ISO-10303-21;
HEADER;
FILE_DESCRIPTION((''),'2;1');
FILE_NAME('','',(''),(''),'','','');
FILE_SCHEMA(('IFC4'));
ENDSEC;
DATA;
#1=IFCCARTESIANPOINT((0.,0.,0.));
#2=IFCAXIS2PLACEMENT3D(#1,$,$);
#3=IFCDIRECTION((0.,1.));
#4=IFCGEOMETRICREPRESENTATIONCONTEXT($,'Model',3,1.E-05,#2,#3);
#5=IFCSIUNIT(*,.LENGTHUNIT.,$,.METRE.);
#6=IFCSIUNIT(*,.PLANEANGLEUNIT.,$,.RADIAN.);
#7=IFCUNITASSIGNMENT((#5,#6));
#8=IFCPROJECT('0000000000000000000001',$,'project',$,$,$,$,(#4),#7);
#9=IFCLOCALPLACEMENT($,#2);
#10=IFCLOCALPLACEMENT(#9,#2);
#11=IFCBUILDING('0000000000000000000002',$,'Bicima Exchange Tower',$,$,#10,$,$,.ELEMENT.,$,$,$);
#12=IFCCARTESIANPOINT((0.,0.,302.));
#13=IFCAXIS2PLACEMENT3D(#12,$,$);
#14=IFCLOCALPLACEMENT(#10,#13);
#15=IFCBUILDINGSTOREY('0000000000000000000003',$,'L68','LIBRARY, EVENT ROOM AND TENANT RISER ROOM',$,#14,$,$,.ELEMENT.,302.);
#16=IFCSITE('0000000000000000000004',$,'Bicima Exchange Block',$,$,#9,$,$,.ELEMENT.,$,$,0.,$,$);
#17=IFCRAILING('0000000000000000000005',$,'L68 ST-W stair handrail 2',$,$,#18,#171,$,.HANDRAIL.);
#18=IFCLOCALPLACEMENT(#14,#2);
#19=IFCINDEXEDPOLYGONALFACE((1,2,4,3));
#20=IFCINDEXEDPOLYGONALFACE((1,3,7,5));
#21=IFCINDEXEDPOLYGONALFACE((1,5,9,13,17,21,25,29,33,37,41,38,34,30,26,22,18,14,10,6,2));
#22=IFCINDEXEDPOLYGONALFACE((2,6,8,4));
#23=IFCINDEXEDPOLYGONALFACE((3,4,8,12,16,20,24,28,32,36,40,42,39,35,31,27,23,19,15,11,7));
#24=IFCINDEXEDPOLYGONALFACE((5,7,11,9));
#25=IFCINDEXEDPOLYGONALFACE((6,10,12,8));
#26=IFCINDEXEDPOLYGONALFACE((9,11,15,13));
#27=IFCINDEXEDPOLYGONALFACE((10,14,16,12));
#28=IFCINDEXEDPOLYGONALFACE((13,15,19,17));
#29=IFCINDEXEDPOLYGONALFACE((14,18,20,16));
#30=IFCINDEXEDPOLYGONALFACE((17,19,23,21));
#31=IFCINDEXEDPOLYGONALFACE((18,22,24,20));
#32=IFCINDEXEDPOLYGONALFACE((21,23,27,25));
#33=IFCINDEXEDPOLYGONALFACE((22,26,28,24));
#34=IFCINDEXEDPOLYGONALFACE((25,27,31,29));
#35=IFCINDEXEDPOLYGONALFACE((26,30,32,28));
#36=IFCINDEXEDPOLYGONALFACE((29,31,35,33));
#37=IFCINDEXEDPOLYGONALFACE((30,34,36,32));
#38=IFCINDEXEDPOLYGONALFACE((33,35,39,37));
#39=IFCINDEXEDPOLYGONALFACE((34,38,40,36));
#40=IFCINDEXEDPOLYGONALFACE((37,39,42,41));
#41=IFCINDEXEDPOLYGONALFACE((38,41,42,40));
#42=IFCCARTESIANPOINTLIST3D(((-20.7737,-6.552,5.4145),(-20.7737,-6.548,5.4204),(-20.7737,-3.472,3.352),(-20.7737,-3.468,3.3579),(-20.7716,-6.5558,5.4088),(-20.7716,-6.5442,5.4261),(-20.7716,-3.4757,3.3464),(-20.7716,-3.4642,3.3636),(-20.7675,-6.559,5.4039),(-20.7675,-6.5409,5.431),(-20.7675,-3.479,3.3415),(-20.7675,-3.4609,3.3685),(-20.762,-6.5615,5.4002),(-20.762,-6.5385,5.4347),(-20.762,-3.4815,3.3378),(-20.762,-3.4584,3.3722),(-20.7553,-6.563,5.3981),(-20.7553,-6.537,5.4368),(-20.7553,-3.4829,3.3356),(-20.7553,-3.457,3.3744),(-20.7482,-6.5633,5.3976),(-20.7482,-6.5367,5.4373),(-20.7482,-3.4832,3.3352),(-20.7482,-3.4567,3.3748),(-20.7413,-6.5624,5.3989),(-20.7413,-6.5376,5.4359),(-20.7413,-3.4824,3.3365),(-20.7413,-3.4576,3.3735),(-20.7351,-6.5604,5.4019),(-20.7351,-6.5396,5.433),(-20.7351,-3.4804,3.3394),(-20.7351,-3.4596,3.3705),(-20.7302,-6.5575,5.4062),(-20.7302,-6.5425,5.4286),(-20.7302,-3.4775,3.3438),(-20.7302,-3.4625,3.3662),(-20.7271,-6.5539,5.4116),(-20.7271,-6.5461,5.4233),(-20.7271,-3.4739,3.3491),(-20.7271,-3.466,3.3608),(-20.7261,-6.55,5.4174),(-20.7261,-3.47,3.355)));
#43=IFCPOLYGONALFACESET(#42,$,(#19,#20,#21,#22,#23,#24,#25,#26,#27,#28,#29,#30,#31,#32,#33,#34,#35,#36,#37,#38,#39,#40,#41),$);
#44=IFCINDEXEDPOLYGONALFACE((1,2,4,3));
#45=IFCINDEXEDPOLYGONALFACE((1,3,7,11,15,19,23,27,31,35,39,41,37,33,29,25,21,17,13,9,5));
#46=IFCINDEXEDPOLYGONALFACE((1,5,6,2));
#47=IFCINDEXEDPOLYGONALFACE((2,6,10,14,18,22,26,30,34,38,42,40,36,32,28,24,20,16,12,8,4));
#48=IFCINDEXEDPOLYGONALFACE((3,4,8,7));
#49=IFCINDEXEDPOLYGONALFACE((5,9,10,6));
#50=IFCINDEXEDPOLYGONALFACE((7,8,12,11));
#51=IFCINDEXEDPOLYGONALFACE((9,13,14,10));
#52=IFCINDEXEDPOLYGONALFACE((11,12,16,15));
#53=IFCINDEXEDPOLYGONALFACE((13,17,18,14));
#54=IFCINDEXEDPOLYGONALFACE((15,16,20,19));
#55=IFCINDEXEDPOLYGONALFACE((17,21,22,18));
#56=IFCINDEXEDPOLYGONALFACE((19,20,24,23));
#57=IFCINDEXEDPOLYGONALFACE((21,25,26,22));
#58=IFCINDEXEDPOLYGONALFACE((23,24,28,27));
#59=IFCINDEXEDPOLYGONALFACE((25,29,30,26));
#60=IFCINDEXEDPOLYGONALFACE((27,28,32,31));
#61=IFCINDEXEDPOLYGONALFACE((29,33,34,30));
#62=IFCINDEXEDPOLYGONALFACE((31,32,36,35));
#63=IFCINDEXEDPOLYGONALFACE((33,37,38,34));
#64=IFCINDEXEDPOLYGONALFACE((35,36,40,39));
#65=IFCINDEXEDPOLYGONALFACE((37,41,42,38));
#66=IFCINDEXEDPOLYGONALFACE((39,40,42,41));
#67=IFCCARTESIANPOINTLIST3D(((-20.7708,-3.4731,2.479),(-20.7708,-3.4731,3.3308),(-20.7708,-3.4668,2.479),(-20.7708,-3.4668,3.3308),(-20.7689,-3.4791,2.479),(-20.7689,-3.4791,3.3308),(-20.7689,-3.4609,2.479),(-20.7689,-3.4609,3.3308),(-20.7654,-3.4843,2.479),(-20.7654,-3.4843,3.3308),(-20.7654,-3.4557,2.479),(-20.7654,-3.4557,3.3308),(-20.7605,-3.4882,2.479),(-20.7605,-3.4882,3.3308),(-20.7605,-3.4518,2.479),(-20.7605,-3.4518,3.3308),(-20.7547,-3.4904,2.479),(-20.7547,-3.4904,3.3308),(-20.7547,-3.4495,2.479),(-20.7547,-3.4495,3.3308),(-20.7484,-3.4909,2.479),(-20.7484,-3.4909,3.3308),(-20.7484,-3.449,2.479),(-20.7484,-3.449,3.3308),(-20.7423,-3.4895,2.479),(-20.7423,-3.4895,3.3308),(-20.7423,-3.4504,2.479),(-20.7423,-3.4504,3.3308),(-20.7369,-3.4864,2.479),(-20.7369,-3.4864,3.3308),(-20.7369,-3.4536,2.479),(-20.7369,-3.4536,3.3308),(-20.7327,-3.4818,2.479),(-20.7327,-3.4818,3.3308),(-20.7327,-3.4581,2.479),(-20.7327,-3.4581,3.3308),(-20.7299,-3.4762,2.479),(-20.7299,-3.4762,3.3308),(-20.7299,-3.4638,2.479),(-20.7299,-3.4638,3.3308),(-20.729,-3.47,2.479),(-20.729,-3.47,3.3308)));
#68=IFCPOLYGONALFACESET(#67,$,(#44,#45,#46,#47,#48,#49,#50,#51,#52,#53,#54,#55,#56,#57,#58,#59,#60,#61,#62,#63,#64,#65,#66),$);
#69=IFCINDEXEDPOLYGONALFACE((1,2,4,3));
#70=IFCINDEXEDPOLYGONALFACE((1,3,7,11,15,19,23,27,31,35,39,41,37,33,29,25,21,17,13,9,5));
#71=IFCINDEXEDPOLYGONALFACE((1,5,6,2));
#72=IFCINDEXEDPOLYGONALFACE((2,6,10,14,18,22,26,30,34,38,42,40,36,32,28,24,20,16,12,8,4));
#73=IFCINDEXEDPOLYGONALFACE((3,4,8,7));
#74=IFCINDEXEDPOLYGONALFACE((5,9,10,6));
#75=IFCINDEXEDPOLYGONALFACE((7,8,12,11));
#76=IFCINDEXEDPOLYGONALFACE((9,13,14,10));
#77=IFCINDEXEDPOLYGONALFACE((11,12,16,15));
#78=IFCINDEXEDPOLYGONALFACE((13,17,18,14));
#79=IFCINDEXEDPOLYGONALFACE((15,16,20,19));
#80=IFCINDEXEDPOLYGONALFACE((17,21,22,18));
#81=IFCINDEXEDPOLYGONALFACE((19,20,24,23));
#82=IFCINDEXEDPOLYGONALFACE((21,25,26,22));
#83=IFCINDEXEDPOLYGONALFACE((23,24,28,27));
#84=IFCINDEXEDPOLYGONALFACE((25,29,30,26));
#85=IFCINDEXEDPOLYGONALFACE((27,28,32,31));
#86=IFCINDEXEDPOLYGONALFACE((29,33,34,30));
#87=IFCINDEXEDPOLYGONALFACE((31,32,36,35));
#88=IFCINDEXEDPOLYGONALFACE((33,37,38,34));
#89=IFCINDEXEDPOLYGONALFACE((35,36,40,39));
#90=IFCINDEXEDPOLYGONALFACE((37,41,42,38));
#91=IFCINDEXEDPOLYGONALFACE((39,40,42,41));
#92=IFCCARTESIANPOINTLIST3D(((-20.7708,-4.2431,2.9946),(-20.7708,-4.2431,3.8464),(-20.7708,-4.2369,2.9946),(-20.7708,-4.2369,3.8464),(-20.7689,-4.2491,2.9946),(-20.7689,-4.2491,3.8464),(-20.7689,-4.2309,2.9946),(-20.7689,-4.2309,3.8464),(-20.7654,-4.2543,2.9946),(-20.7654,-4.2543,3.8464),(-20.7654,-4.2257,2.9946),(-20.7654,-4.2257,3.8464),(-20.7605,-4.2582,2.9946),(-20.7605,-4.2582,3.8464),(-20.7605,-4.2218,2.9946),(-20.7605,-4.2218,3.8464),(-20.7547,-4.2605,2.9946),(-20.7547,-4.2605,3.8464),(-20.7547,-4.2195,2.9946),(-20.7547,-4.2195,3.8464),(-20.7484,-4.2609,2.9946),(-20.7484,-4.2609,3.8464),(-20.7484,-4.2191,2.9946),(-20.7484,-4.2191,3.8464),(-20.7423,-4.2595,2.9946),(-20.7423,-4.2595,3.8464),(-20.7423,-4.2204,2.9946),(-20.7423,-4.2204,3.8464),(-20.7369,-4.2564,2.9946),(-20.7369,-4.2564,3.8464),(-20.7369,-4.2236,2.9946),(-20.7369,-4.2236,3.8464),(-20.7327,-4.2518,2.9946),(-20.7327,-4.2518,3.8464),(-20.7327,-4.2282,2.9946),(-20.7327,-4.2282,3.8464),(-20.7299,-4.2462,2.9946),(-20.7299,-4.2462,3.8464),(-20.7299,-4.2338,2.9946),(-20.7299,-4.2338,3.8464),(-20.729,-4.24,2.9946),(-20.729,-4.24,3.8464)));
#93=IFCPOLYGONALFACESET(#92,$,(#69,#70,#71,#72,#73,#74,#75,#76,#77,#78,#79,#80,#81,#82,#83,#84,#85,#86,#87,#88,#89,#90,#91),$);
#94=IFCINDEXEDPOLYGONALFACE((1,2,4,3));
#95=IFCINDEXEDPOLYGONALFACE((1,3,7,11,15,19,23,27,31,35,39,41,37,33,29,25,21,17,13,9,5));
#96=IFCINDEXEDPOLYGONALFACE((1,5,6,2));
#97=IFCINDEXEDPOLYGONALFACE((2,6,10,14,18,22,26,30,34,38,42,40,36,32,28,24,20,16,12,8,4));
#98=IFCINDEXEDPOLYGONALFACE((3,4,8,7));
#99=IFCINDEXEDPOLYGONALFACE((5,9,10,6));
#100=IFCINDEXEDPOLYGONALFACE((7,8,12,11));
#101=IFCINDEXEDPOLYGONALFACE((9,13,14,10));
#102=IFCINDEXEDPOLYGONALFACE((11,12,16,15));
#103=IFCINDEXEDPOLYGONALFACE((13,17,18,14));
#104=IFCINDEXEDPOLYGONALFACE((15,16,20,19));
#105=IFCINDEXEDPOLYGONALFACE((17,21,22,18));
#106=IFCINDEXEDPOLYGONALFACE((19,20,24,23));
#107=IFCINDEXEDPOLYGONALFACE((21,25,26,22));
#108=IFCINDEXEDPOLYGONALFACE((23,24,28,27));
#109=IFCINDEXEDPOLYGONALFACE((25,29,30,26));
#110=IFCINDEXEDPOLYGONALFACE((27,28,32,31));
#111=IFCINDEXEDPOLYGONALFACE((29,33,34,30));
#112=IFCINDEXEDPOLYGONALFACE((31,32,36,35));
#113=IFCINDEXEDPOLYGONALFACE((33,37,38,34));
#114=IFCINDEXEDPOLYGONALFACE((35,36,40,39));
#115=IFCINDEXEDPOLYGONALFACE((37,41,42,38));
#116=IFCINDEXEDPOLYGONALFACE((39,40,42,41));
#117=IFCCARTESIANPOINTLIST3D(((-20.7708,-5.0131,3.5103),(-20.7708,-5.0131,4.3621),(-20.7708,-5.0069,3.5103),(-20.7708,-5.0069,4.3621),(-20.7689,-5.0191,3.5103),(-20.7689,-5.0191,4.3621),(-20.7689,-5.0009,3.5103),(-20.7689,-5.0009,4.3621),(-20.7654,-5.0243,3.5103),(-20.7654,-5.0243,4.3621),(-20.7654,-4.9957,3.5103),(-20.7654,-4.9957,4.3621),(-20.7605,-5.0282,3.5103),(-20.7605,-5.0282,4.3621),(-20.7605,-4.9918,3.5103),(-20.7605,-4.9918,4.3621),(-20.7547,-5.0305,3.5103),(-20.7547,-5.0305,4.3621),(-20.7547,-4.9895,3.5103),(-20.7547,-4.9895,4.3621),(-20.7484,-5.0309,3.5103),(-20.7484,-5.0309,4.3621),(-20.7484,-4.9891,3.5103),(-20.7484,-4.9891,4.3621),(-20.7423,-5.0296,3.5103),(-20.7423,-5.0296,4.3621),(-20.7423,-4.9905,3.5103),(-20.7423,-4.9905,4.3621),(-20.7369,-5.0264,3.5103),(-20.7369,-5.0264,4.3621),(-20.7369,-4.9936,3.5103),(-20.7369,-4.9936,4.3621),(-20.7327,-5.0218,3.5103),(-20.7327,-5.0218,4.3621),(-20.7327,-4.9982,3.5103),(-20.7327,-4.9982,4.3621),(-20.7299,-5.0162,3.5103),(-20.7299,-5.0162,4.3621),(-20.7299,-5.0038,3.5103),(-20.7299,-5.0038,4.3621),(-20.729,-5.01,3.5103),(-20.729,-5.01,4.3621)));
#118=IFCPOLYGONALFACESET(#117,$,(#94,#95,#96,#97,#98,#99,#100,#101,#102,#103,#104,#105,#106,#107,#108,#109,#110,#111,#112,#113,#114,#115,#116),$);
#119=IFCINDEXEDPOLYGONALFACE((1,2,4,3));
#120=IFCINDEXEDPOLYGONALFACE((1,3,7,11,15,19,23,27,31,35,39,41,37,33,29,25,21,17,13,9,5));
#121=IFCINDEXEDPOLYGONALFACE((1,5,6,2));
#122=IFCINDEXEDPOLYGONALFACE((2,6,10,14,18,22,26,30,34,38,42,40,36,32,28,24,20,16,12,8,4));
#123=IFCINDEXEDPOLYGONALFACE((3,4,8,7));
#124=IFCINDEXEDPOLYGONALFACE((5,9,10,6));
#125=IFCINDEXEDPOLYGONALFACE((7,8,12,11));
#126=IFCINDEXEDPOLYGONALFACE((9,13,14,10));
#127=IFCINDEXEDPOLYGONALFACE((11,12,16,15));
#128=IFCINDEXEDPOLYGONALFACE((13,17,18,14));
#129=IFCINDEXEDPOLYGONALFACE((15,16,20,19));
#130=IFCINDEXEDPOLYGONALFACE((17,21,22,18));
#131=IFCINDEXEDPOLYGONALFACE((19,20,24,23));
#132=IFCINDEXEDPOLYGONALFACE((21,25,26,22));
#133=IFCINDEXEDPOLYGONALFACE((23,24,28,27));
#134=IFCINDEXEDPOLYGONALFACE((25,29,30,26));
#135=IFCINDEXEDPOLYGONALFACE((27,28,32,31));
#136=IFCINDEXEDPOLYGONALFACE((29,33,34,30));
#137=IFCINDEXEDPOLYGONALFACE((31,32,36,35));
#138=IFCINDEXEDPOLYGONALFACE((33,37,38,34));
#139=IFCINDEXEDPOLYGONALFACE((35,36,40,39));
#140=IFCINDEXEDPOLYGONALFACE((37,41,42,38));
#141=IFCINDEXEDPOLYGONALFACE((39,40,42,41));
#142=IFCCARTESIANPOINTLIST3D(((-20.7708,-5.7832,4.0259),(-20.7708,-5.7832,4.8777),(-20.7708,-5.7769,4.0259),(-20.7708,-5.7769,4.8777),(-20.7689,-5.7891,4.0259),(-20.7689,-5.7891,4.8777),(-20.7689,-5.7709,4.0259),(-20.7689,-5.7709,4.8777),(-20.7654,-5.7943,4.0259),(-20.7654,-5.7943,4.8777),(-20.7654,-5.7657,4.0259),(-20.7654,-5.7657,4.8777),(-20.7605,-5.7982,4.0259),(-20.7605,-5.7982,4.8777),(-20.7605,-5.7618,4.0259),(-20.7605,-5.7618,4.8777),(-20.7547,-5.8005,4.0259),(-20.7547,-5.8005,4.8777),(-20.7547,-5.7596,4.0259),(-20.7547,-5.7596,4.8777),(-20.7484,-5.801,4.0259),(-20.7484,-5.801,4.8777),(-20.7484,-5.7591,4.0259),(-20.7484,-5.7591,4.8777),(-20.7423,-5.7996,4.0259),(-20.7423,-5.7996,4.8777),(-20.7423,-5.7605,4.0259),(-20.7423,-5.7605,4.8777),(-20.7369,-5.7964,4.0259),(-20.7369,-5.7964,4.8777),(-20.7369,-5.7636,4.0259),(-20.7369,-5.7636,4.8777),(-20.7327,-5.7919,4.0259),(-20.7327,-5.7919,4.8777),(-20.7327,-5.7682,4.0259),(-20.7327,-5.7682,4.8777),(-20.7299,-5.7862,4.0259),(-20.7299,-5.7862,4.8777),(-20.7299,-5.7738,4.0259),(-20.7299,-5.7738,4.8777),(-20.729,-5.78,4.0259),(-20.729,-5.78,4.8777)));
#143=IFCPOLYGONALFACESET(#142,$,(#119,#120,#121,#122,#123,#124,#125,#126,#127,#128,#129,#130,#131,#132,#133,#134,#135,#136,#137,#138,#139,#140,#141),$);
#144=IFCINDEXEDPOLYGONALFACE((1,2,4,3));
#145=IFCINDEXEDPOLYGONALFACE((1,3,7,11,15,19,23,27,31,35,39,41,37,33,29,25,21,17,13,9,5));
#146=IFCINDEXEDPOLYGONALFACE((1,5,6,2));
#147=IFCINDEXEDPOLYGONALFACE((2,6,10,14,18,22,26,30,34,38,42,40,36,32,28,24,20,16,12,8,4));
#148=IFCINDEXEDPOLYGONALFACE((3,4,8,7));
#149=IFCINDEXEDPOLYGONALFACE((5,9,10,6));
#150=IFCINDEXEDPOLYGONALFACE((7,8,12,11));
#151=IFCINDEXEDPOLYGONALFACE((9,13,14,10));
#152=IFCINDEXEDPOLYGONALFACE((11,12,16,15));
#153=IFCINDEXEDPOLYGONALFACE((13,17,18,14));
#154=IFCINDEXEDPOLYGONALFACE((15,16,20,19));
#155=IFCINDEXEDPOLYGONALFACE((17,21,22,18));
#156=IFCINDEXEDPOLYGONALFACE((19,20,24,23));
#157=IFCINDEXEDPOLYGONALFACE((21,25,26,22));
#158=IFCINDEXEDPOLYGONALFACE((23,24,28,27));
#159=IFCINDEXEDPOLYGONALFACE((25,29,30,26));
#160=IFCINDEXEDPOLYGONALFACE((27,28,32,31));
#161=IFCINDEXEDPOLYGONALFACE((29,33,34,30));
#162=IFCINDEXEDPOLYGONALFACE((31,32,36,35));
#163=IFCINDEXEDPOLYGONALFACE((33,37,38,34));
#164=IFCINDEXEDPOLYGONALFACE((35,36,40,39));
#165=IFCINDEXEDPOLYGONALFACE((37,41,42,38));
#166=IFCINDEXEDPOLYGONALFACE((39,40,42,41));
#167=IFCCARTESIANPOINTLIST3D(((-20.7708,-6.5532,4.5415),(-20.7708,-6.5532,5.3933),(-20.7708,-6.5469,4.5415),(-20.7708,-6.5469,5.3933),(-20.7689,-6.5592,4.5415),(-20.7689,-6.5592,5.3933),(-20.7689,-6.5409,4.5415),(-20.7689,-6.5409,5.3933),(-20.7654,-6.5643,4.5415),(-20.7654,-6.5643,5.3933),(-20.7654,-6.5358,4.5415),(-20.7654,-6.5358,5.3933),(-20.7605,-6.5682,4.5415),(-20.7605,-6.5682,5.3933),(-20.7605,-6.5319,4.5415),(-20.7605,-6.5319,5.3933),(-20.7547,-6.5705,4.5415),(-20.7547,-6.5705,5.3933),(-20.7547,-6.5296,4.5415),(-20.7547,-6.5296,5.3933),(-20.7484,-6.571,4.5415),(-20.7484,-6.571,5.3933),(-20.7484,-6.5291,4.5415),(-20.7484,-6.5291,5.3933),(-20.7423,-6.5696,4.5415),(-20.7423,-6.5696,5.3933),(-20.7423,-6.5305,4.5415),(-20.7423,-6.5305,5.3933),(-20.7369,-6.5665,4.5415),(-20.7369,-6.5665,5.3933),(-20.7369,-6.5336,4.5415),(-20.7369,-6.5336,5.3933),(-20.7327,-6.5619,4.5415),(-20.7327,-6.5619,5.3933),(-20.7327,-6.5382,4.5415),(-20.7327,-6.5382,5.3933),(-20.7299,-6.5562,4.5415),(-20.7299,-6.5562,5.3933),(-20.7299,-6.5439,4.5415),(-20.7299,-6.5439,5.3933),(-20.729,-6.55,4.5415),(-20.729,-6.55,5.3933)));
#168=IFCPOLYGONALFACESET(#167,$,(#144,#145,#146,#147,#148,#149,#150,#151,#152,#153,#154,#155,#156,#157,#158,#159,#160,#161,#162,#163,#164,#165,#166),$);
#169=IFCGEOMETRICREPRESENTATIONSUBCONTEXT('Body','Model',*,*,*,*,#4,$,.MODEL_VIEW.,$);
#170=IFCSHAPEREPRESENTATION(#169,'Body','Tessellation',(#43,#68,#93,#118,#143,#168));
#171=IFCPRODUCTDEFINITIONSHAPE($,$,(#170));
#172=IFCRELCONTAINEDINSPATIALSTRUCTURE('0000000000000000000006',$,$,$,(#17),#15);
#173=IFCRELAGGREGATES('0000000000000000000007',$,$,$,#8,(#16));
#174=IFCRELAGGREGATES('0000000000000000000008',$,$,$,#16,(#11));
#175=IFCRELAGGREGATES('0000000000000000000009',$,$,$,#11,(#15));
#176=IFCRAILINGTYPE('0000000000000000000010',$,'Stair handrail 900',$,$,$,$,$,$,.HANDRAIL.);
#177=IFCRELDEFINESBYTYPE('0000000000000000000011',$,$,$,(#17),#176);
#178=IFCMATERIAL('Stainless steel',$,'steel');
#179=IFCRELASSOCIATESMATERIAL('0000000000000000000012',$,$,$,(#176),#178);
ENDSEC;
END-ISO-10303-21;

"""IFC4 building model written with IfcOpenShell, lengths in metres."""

from ifc_helpers import new_model, si_unit, direction, frame, origin, origin_2d, place, context, subcontext, project, spatial, circle, extrude, material, type_object, element, save


model = new_model("IFC4")

# Units and contexts
model_context = context("Model", 3, precision=1e-05, world=origin(), true_north=direction((0.0, 1.0)))
body_context = subcontext(model_context, "Body", "Model", "MODEL_VIEW")
ifc_project = project(units=[si_unit("LENGTHUNIT", "METRE"), si_unit("PLANEANGLEUNIT", "RADIAN")], contexts=[model_context])

# Site, building, storey
site_placement = place(None, origin())
site = spatial("IfcSite", under=ifc_project, at=site_placement, Name="Bicima Exchange Block", CompositionType="ELEMENT", RefElevation=0.0)
building_placement = place(site_placement, origin())
building = spatial("IfcBuilding", under=site, at=building_placement, Name="Bicima Exchange Tower", CompositionType="ELEMENT")
storey_placement = place(building_placement, frame((0.0, 0.0, 302.0)))
storey = spatial("IfcBuildingStorey", under=building, at=storey_placement, Name="L68", Description="LIBRARY, EVENT ROOM AND TENANT RISER ROOM", CompositionType="ELEMENT", Elevation=302.0)

# Shared definitions
ifc_material_1 = material(Name="Stainless steel", Category="steel")

# Railing
railing_type_1 = type_object("IfcRailingType", Name="Stair handrail 900", PredefinedType="HANDRAIL", material=ifc_material_1)
railing_1_placement = place(storey_placement, frame((-20.75, -3.47, 2.479)))
element("IfcRailing", 1, at=railing_1_placement, inside=storey, type_object=railing_type_1, Name="L68 ST-W stair handrail 2", PredefinedType="HANDRAIL", context=body_context, shape_type="SweptSolid", body=[
    extrude(circle(Radius=0.0239, at=origin_2d()), frame((0.0, 0.0, 0.876), z_axis=(0.0, -0.830914, 0.556401), x_axis=(1.0, 0.0, 0.0)), (0.0, 0.0, 1.0), 3.7068),
    extrude(circle(Radius=0.021, at=origin_2d()), origin(), (0.0, 0.0, 1.0), 0.8518),
    extrude(circle(Radius=0.021, at=origin_2d()), frame((0.0, -0.77, 0.5156)), (0.0, 0.0, 1.0), 0.8518),
    extrude(circle(Radius=0.021, at=origin_2d()), frame((0.0, -1.54, 1.0312)), (0.0, 0.0, 1.0), 0.8518),
    extrude(circle(Radius=0.021, at=origin_2d()), frame((0.0, -2.3101, 1.5469)), (0.0, 0.0, 1.0), 0.8518),
    extrude(circle(Radius=0.021, at=origin_2d()), frame((0.0, -3.0801, 2.0625)), (0.0, 0.0, 1.0), 0.8518),
])

save(model, "model.ifc")
